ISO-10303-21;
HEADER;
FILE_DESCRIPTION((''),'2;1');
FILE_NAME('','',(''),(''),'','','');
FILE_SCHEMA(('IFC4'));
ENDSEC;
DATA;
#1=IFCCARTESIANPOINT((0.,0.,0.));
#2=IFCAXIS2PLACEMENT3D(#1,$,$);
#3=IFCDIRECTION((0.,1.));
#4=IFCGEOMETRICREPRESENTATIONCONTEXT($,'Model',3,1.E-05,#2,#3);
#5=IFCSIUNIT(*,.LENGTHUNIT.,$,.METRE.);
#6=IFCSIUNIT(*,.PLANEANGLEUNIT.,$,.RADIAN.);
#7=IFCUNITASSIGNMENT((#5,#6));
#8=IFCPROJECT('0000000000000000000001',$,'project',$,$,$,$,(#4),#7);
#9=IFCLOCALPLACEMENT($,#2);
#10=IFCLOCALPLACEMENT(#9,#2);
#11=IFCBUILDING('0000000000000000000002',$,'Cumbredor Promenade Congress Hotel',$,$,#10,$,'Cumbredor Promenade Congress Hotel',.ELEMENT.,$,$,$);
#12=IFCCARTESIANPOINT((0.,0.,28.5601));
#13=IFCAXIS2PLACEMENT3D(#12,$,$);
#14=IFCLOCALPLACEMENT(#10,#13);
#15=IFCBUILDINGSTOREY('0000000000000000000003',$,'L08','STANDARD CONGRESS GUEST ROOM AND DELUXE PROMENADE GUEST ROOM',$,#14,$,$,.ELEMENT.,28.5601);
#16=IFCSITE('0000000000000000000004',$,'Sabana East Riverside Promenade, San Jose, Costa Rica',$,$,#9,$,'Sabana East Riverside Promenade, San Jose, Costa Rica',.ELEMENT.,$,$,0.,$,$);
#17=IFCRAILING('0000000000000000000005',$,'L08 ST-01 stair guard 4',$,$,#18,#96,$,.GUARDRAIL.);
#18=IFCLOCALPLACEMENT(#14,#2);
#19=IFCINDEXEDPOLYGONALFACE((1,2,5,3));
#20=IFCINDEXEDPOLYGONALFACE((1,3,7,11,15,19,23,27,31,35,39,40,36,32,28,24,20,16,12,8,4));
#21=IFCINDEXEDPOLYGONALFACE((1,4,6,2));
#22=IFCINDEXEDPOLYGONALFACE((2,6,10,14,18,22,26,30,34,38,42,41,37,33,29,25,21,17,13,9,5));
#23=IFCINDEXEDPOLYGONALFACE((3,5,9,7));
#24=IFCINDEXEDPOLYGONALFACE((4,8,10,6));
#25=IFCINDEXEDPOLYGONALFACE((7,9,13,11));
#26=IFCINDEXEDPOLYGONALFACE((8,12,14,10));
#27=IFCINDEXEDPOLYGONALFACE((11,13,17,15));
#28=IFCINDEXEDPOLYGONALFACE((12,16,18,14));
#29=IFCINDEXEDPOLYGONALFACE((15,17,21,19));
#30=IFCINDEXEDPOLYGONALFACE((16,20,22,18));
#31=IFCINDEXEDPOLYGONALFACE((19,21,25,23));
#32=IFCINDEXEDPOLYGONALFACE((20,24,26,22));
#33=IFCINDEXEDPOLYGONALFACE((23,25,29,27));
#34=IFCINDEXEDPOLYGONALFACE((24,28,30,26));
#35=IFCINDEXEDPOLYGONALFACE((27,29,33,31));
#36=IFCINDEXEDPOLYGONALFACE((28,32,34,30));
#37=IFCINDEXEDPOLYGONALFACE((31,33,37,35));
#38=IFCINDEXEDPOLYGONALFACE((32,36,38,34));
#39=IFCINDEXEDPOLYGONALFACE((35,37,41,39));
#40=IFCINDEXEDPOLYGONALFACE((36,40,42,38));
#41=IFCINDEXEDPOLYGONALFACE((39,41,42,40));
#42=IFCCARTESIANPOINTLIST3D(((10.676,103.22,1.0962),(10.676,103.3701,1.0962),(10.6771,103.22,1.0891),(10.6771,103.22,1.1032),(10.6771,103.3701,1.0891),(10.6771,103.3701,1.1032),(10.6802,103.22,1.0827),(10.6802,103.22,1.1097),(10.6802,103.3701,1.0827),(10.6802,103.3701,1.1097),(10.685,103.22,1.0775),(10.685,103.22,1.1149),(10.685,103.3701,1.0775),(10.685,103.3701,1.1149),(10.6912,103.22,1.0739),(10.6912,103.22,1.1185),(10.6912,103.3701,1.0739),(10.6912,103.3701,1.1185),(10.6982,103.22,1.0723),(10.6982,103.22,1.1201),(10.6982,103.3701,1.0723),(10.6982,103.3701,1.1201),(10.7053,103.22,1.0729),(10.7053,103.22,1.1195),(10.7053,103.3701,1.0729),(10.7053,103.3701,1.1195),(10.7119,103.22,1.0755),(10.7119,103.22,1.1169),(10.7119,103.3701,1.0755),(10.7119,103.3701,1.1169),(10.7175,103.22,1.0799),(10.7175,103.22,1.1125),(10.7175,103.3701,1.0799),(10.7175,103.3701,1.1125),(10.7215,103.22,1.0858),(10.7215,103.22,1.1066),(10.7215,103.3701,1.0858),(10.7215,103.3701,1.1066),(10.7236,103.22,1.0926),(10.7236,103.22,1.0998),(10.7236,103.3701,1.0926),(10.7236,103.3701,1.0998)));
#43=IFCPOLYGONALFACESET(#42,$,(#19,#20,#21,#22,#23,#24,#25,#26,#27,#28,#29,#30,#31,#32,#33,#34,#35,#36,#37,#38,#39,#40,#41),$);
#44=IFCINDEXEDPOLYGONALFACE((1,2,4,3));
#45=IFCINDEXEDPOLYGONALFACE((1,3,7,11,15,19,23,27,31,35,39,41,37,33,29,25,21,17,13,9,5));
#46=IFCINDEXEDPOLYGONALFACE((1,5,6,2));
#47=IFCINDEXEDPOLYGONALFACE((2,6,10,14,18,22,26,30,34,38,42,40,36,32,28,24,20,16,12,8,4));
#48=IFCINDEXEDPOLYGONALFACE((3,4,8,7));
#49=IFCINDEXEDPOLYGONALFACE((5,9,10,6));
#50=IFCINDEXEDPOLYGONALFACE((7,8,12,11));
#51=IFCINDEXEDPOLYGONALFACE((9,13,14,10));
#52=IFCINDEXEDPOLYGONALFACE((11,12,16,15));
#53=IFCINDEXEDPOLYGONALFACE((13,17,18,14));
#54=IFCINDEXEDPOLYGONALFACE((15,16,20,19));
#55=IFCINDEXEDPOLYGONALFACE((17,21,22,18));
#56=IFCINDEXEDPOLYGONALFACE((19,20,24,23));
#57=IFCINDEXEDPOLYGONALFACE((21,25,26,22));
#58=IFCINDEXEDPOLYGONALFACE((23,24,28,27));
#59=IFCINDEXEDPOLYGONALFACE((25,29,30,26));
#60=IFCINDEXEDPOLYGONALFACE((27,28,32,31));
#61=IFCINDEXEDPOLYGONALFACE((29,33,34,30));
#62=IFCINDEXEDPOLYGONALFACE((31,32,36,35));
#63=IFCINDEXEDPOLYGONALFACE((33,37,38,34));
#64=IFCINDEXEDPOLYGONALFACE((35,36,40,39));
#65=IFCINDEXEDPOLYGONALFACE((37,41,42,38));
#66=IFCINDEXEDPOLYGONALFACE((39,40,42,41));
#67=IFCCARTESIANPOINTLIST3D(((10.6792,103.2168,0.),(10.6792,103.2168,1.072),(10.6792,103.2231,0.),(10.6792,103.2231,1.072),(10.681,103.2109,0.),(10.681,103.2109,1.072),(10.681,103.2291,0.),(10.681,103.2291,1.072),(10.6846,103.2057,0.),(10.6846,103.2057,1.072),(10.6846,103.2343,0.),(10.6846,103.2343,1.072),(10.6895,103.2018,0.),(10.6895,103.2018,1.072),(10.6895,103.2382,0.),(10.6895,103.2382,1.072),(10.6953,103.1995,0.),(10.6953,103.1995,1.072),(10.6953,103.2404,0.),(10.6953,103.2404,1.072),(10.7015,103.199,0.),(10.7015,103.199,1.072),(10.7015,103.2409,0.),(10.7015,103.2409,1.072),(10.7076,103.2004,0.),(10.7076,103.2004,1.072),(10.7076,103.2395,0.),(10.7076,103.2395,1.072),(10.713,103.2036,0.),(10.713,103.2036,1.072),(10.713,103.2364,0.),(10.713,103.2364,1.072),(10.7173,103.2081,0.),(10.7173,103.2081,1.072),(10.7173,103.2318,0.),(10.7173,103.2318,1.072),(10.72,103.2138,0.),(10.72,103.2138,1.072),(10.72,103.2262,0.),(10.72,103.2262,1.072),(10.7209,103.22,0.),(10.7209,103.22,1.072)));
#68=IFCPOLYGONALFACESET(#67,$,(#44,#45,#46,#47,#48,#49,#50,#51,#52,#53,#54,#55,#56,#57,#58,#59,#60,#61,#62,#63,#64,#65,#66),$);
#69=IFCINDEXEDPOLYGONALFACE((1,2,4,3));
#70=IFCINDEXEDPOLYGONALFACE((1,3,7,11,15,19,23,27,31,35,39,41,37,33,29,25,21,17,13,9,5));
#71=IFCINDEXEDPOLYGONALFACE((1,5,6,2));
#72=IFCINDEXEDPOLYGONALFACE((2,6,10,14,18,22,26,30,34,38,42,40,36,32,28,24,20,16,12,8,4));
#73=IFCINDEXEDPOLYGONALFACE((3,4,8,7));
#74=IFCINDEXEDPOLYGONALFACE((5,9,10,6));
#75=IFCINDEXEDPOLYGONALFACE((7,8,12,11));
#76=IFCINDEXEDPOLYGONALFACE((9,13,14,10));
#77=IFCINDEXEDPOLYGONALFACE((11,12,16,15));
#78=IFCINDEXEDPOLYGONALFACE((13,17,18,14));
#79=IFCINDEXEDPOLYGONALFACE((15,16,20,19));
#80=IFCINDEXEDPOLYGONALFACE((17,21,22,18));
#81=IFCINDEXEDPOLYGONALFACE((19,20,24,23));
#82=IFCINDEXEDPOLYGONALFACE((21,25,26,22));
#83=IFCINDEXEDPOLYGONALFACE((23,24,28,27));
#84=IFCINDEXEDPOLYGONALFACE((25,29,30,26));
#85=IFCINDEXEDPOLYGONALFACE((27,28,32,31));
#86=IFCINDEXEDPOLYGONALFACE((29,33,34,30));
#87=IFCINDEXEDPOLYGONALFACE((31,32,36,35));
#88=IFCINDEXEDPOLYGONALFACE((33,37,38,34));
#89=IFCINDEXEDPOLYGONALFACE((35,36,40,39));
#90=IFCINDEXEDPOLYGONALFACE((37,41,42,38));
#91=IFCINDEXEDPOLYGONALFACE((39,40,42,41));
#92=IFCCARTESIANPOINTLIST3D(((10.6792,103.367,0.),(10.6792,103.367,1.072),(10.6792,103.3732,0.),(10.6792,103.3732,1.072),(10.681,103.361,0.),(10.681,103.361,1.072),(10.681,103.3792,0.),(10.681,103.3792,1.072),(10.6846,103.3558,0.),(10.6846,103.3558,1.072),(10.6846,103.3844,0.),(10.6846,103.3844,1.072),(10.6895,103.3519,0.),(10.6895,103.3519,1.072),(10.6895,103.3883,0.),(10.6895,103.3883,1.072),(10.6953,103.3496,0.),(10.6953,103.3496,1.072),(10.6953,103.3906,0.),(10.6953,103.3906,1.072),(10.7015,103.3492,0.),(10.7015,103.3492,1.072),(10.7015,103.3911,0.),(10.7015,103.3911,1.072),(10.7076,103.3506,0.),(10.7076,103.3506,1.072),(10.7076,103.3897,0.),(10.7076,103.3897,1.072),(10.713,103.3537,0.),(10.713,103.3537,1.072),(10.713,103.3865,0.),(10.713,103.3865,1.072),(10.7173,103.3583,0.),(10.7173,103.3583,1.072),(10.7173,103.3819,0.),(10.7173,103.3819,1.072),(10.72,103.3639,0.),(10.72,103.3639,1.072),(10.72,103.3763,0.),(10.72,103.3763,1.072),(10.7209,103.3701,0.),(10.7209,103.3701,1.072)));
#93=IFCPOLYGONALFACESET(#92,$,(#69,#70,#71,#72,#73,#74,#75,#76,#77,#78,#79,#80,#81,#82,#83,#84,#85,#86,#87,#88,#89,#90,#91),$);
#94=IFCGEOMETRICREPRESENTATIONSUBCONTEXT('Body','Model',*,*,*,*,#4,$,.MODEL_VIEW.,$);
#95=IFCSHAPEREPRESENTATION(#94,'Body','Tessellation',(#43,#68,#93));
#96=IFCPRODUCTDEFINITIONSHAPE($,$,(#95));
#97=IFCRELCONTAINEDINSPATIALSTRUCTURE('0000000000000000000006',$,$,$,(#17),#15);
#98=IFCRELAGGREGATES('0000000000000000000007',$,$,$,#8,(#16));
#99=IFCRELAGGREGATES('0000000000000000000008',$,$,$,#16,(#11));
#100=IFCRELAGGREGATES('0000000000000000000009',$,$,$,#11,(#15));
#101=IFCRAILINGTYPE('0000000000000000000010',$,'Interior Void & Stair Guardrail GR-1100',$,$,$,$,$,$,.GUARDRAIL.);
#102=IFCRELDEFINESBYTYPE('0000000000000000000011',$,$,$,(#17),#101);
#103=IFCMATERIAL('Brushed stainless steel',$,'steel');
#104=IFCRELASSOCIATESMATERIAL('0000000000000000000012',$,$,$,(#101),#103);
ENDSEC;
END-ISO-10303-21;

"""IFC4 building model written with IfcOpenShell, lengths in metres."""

from ifc_helpers import new_model, si_unit, direction, frame, origin, origin_2d, place, context, subcontext, project, spatial, circle, extrude, material, type_object, element, save


model = new_model("IFC4")

# Units and contexts
model_context = context("Model", 3, precision=1e-05, world=origin(), true_north=direction((0.0, 1.0)))
body_context = subcontext(model_context, "Body", "Model", "MODEL_VIEW")
ifc_project = project(units=[si_unit("LENGTHUNIT", "METRE"), si_unit("PLANEANGLEUNIT", "RADIAN")], contexts=[model_context])

# Site, building, storey
site_placement = place(None, origin())
site = spatial("IfcSite", under=ifc_project, at=site_placement, Name="Sabana East Riverside Promenade, San Jose, Costa Rica", LongName="Sabana East Riverside Promenade, San Jose, Costa Rica", CompositionType="ELEMENT", RefElevation=0.0)
building_placement = place(site_placement, origin())
building = spatial("IfcBuilding", under=site, at=building_placement, Name="Cumbredor Promenade Congress Hotel", LongName="Cumbredor Promenade Congress Hotel", CompositionType="ELEMENT")
storey_placement = place(building_placement, frame((0.0, 0.0, 28.5601)))
storey = spatial("IfcBuildingStorey", under=building, at=storey_placement, Name="L08", Description="STANDARD CONGRESS GUEST ROOM AND DELUXE PROMENADE GUEST ROOM", CompositionType="ELEMENT", Elevation=28.5601)

# Railing
ifc_material_1 = material(Name="Brushed stainless steel", Category="steel")
railing_type_1 = type_object("IfcRailingType", Name="Interior Void & Stair Guardrail GR-1100", PredefinedType="GUARDRAIL", material=ifc_material_1)
railing_1_placement = place(storey_placement, frame((10.7, 103.22, 0.0)))
element("IfcRailing", 1, at=railing_1_placement, inside=storey, type_object=railing_type_1, Name="L08 ST-01 stair guard 4", PredefinedType="GUARDRAIL", context=body_context, shape_type="SweptSolid", body=[
    extrude(circle(Radius=0.0239, at=origin_2d()), frame((0.0, 0.0, 1.0962), z_axis=(0.0, 1.0, 0.0), x_axis=(-1.0, 0.0, 0.0)), (0.0, 0.0, 1.0), 0.1501),
    extrude(circle(Radius=0.021, at=origin_2d()), origin(), (0.0, 0.0, 1.0), 1.072),
    extrude(circle(Radius=0.021, at=origin_2d()), frame((0.0, 0.1501, 0.0)), (0.0, 0.0, 1.0), 1.072),
])

save(model, "model.ifc")
